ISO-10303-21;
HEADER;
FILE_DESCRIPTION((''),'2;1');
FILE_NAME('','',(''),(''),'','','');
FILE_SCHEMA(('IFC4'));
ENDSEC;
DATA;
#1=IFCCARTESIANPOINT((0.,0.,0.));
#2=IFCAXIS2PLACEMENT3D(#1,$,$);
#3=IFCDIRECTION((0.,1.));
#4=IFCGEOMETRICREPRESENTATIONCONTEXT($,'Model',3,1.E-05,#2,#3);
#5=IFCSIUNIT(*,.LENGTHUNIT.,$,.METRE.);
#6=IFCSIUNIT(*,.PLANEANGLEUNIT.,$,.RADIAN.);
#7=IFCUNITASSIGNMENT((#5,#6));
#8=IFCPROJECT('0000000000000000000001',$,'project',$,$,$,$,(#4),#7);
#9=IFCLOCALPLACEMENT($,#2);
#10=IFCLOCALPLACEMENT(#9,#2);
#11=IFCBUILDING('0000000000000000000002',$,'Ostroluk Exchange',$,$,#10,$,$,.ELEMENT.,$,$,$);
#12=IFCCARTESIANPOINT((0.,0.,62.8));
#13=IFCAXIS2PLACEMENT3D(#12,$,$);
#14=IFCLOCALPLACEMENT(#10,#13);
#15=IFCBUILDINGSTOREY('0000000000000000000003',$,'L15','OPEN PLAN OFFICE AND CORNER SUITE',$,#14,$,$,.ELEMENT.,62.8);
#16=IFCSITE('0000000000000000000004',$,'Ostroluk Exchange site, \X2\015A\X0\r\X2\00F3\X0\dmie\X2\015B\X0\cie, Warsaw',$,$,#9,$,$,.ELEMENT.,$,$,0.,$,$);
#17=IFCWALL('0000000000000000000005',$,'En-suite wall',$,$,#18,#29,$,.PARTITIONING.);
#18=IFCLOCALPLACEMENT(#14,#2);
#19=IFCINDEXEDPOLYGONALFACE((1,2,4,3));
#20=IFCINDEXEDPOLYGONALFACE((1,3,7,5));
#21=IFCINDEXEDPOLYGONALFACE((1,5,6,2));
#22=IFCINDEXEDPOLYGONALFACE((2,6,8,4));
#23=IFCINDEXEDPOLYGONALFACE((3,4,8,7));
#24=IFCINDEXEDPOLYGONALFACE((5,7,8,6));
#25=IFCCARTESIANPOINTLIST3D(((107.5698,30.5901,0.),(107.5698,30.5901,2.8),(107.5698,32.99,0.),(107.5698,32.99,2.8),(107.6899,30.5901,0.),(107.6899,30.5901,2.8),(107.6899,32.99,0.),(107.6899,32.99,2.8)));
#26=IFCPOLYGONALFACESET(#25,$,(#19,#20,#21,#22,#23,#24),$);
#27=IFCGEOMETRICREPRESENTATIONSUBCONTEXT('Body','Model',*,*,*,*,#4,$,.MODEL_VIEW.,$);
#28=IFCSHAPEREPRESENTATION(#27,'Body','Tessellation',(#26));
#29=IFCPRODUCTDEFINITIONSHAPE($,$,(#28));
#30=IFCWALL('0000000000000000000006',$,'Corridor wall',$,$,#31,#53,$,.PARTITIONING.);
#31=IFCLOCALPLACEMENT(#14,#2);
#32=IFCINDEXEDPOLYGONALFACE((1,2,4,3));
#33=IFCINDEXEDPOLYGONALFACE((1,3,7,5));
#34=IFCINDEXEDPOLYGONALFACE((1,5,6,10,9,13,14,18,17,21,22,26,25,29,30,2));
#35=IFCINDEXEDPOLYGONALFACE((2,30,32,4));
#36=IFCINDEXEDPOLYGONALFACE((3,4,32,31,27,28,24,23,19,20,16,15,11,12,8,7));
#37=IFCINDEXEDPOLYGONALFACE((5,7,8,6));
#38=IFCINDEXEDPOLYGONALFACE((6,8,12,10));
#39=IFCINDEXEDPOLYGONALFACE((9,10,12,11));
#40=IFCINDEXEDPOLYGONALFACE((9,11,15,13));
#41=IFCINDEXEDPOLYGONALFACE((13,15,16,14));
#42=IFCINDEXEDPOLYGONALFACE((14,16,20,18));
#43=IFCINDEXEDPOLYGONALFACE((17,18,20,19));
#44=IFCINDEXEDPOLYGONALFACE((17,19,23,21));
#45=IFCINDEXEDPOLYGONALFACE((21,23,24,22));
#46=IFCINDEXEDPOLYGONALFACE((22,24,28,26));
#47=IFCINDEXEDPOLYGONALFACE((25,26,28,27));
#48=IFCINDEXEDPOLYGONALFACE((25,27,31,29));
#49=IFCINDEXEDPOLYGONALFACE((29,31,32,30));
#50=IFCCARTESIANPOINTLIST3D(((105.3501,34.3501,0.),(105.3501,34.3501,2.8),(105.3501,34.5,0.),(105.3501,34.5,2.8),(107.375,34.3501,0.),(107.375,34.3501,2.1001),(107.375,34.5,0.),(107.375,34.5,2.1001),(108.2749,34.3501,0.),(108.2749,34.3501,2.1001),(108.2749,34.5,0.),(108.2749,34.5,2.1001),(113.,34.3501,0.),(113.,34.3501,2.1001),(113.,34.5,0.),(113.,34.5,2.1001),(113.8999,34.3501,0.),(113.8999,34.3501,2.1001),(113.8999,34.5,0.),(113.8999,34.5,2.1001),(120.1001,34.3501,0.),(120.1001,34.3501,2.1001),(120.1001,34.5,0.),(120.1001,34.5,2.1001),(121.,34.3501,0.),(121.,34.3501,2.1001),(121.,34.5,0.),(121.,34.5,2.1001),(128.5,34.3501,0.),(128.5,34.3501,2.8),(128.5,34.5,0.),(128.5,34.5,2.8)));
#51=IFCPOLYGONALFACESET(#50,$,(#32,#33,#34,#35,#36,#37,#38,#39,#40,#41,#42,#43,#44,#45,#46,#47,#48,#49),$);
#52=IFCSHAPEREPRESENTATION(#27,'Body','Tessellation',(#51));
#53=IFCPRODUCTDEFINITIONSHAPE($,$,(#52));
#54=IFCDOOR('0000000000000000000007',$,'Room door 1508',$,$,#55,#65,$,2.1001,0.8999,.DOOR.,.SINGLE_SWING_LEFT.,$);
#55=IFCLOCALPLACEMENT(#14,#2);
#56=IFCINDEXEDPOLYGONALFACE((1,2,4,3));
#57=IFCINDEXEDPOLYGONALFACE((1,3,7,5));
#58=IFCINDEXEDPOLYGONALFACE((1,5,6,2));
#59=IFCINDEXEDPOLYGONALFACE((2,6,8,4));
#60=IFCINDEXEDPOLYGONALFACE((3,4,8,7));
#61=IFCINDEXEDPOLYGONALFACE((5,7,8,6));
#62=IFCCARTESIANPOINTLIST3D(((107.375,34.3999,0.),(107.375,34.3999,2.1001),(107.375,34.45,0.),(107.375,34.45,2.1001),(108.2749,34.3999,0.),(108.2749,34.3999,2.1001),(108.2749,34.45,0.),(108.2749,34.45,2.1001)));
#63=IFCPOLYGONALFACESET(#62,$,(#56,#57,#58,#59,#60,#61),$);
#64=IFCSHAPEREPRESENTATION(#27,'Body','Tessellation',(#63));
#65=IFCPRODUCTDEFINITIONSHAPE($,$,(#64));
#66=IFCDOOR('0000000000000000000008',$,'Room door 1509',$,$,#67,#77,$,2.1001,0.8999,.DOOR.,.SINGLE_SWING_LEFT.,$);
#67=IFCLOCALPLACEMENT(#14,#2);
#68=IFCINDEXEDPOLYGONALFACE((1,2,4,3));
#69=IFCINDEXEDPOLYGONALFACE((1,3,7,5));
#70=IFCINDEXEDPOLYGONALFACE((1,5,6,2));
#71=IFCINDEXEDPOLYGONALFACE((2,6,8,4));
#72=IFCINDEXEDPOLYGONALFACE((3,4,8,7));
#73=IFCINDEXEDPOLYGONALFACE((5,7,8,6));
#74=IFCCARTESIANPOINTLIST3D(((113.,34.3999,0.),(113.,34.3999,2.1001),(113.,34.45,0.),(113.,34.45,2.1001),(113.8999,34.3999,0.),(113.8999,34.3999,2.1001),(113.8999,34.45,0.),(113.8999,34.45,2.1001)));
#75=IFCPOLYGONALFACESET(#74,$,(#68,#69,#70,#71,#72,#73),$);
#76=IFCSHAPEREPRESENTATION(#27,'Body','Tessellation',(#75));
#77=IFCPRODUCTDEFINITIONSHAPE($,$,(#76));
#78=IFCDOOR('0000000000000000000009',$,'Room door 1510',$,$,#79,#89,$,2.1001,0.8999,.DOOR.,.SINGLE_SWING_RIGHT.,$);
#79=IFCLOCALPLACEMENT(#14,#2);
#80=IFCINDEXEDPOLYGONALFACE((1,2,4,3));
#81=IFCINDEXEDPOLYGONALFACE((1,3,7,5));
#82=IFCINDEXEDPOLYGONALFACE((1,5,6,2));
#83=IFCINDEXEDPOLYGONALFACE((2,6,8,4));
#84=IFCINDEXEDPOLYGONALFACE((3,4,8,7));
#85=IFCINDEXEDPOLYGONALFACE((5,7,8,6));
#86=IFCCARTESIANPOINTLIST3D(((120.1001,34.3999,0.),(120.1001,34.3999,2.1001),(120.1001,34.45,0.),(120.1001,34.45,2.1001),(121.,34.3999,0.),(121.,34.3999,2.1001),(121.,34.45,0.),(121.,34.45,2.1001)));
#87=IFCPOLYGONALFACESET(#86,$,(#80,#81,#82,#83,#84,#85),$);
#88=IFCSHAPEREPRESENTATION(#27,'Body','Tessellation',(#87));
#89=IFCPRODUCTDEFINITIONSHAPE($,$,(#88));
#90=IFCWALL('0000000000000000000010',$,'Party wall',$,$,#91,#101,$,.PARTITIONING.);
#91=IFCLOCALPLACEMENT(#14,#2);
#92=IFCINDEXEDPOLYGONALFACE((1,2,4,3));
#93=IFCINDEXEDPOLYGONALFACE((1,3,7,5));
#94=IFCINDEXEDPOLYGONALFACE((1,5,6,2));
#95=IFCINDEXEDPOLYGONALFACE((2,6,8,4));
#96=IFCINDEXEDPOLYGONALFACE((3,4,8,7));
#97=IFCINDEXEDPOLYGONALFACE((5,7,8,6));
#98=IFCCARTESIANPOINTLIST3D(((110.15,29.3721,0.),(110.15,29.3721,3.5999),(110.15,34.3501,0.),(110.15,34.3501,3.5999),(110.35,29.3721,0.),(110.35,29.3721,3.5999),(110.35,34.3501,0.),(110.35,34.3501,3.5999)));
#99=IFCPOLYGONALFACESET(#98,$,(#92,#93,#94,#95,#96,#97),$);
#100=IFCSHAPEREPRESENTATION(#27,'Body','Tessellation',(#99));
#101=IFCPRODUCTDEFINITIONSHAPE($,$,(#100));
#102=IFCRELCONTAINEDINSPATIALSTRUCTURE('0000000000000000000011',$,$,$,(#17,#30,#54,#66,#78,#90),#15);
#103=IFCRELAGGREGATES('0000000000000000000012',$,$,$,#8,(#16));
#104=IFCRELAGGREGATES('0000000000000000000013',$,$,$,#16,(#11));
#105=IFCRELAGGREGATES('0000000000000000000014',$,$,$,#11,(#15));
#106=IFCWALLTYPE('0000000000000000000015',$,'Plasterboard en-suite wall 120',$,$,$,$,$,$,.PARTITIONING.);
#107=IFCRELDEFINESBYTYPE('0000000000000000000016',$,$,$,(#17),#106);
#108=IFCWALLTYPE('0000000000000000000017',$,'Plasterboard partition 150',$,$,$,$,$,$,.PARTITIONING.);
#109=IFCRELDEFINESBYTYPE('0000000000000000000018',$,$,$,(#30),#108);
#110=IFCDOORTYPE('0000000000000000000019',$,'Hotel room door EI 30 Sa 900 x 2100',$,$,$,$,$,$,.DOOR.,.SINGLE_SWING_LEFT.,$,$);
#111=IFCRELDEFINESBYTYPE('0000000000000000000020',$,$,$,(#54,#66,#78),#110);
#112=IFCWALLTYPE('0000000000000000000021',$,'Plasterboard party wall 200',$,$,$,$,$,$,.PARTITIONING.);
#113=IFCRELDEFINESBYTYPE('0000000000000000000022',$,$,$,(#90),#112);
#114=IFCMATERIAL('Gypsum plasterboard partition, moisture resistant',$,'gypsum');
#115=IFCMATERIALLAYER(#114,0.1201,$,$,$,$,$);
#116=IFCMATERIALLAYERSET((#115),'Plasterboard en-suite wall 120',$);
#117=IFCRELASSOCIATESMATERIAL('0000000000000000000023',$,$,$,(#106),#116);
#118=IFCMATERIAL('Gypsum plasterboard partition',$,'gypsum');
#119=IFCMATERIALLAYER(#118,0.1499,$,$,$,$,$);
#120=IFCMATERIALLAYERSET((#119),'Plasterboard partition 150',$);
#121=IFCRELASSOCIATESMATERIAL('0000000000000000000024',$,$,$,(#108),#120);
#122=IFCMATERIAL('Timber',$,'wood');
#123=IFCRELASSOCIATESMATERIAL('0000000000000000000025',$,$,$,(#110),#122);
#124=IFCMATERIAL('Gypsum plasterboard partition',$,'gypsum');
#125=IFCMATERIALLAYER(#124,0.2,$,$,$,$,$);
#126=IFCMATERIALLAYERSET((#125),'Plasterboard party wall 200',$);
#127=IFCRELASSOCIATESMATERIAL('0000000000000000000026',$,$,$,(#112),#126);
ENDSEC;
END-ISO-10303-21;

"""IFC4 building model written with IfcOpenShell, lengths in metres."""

from ifc_helpers import new_model, si_unit, direction, frame, frame_2d, origin, place, context, subcontext, project, spatial, rectangle, extrude, material, layer, layer_set, type_object, element, fill, save


model = new_model("IFC4")

# Units and contexts
model_context = context("Model", 3, precision=1e-05, world=origin(), true_north=direction((0.0, 1.0)))
body_context = subcontext(model_context, "Body", "Model", "MODEL_VIEW")
ifc_project = project(units=[si_unit("LENGTHUNIT", "METRE"), si_unit("PLANEANGLEUNIT", "RADIAN")], contexts=[model_context])

# Site, building, storey
site_placement = place(None, origin())
site = spatial("IfcSite", under=ifc_project, at=site_placement, Name="Ostroluk Exchange site, Śródmieście, Warsaw", CompositionType="ELEMENT", RefElevation=0.0)
building_placement = place(site_placement, origin())
building = spatial("IfcBuilding", under=site, at=building_placement, Name="Ostroluk Exchange", CompositionType="ELEMENT")
storey_placement = place(building_placement, frame((0.0, 0.0, 62.8)))
storey = spatial("IfcBuildingStorey", under=building, at=storey_placement, Name="L15", Description="OPEN PLAN OFFICE AND CORNER SUITE", CompositionType="ELEMENT", Elevation=62.8)

# Shared definitions
ifc_material_1 = material(Name="Gypsum plasterboard partition, moisture resistant", Category="gypsum")
ifc_layer_1 = layer(ifc_material_1, 0.1201)
ifc_layer_set_1 = layer_set([ifc_layer_1], Name="Plasterboard en-suite wall 120")
wall_type_1 = type_object("IfcWallType", Name="Plasterboard en-suite wall 120", PredefinedType="PARTITIONING", material=ifc_layer_set_1)

# Wall
wall_1_placement = place(storey_placement, frame((107.6299, 32.99, 0.0), z_axis=(0.0, 0.0, 1.0), x_axis=(0.0, -1.0, 0.0)))
element("IfcWall", 1, at=wall_1_placement, inside=storey, type_object=wall_type_1, Name="En-suite wall", PredefinedType="PARTITIONING", context=body_context, shape_type="SweptSolid", body=[
    extrude(rectangle(XDim=2.3999, YDim=0.1201, at=frame_2d((1.2, 0.0))), origin(), (0.0, 0.0, 1.0), 2.8),
])

# Wall, openings, doors
ifc_material_2 = material(Name="Gypsum plasterboard partition", Category="gypsum")
ifc_layer_2 = layer(ifc_material_2, 0.1499)
ifc_layer_set_2 = layer_set([ifc_layer_2], Name="Plasterboard partition 150")
wall_type_2 = type_object("IfcWallType", Name="Plasterboard partition 150", PredefinedType="PARTITIONING", material=ifc_layer_set_2)
wall_2_placement = place(storey_placement, frame((105.3501, 34.425, 0.0), z_axis=(0.0, 0.0, 1.0), x_axis=(1.0, 0.0, 0.0)))
wall_2 = element("IfcWall", 2, at=wall_2_placement, inside=storey, type_object=wall_type_2, Name="Corridor wall", PredefinedType="PARTITIONING", context=body_context, shape_type="SweptSolid", body=[
    extrude(rectangle(XDim=23.1499, YDim=0.1499, at=frame_2d((11.575, 0.0))), origin(), (0.0, 0.0, 1.0), 2.8),
])
opening_1_placement = place(wall_2_placement, frame((2.0249, 0.0, 0.0)))
opening_1 = element("IfcOpeningElement", 3, at=opening_1_placement, cuts=wall_2, PredefinedType="OPENING", context=body_context, shape_type="SweptSolid", body=[
    extrude(rectangle(XDim=0.8999, YDim=2.1001, at=frame_2d((0.45, 1.05))), frame((0.0, 0.085, 0.0), z_axis=(0.0, -1.0, 0.0), x_axis=(1.0, 0.0, 0.0)), (0.0, 0.0, 1.0), 0.1699),
])
opening_2_placement = place(wall_2_placement, frame((7.6499, 0.0, 0.0)))
opening_2 = element("IfcOpeningElement", 4, at=opening_2_placement, cuts=wall_2, PredefinedType="OPENING", context=body_context, shape_type="SweptSolid", body=[
    extrude(rectangle(XDim=0.8999, YDim=2.1001, at=frame_2d((0.45, 1.05))), frame((0.0, 0.085, 0.0), z_axis=(0.0, -1.0, 0.0), x_axis=(1.0, 0.0, 0.0)), (0.0, 0.0, 1.0), 0.1699),
])
opening_3_placement = place(wall_2_placement, frame((14.75, 0.0, 0.0)))
opening_3 = element("IfcOpeningElement", 5, at=opening_3_placement, cuts=wall_2, PredefinedType="OPENING", context=body_context, shape_type="SweptSolid", body=[
    extrude(rectangle(XDim=0.8999, YDim=2.1001, at=frame_2d((0.45, 1.05))), frame((0.0, 0.085, 0.0), z_axis=(0.0, -1.0, 0.0), x_axis=(1.0, 0.0, 0.0)), (0.0, 0.0, 1.0), 0.1699),
])
ifc_material_3 = material(Name="Timber", Category="wood")
door_type_1 = type_object("IfcDoorType", Name="Hotel room door EI 30 Sa 900 x 2100", OperationType="SINGLE_SWING_LEFT", PredefinedType="DOOR", material=ifc_material_3)
door_1_placement = place(opening_1_placement, origin())
door_1 = element("IfcDoor", 6, at=door_1_placement, inside=storey, type_object=door_type_1, Name="Room door 1508", OperationType="SINGLE_SWING_LEFT", OverallHeight=2.1001, OverallWidth=0.8999, PredefinedType="DOOR", context=body_context, shape_type="SweptSolid", body=[
    extrude(rectangle(XDim=0.8999, YDim=2.1001, at=frame_2d((0.45, 1.05))), frame((0.0, 0.0249, 0.0), z_axis=(0.0, -1.0, 0.0), x_axis=(1.0, 0.0, 0.0)), (0.0, 0.0, 1.0), 0.05),
])
fill(opening_1, door_1)
door_2_placement = place(opening_2_placement, origin())
door_2 = element("IfcDoor", 7, at=door_2_placement, inside=storey, type_object=door_type_1, Name="Room door 1509", OperationType="SINGLE_SWING_LEFT", OverallHeight=2.1001, OverallWidth=0.8999, PredefinedType="DOOR", context=body_context, shape_type="SweptSolid", body=[
    extrude(rectangle(XDim=0.8999, YDim=2.1001, at=frame_2d((0.45, 1.05))), frame((0.0, 0.0249, 0.0), z_axis=(0.0, -1.0, 0.0), x_axis=(1.0, 0.0, 0.0)), (0.0, 0.0, 1.0), 0.05),
])
fill(opening_2, door_2)
door_3_placement = place(opening_3_placement, origin())
door_3 = element("IfcDoor", 8, at=door_3_placement, inside=storey, type_object=door_type_1, Name="Room door 1510", OperationType="SINGLE_SWING_RIGHT", OverallHeight=2.1001, OverallWidth=0.8999, PredefinedType="DOOR", context=body_context, shape_type="SweptSolid", body=[
    extrude(rectangle(XDim=0.8999, YDim=2.1001, at=frame_2d((0.45, 1.05))), frame((0.0, 0.0249, 0.0), z_axis=(0.0, -1.0, 0.0), x_axis=(1.0, 0.0, 0.0)), (0.0, 0.0, 1.0), 0.05),
])
fill(opening_3, door_3)

# Wall
ifc_material_4 = material(Name="Gypsum plasterboard partition", Category="gypsum")
ifc_layer_3 = layer(ifc_material_4, 0.2)
ifc_layer_set_3 = layer_set([ifc_layer_3], Name="Plasterboard party wall 200")
wall_type_3 = type_object("IfcWallType", Name="Plasterboard party wall 200", PredefinedType="PARTITIONING", material=ifc_layer_set_3)
wall_3_placement = place(storey_placement, frame((110.25, 34.3501, 0.0), z_axis=(0.0, 0.0, 1.0), x_axis=(0.0, -1.0, 0.0)))
element("IfcWall", 9, at=wall_3_placement, inside=storey, type_object=wall_type_3, Name="Party wall", PredefinedType="PARTITIONING", context=body_context, shape_type="SweptSolid", body=[
    extrude(rectangle(XDim=4.978, YDim=0.2, at=frame_2d((2.489, 0.0))), origin(), (0.0, 0.0, 1.0), 3.5999),
])

save(model, "model.ifc")
